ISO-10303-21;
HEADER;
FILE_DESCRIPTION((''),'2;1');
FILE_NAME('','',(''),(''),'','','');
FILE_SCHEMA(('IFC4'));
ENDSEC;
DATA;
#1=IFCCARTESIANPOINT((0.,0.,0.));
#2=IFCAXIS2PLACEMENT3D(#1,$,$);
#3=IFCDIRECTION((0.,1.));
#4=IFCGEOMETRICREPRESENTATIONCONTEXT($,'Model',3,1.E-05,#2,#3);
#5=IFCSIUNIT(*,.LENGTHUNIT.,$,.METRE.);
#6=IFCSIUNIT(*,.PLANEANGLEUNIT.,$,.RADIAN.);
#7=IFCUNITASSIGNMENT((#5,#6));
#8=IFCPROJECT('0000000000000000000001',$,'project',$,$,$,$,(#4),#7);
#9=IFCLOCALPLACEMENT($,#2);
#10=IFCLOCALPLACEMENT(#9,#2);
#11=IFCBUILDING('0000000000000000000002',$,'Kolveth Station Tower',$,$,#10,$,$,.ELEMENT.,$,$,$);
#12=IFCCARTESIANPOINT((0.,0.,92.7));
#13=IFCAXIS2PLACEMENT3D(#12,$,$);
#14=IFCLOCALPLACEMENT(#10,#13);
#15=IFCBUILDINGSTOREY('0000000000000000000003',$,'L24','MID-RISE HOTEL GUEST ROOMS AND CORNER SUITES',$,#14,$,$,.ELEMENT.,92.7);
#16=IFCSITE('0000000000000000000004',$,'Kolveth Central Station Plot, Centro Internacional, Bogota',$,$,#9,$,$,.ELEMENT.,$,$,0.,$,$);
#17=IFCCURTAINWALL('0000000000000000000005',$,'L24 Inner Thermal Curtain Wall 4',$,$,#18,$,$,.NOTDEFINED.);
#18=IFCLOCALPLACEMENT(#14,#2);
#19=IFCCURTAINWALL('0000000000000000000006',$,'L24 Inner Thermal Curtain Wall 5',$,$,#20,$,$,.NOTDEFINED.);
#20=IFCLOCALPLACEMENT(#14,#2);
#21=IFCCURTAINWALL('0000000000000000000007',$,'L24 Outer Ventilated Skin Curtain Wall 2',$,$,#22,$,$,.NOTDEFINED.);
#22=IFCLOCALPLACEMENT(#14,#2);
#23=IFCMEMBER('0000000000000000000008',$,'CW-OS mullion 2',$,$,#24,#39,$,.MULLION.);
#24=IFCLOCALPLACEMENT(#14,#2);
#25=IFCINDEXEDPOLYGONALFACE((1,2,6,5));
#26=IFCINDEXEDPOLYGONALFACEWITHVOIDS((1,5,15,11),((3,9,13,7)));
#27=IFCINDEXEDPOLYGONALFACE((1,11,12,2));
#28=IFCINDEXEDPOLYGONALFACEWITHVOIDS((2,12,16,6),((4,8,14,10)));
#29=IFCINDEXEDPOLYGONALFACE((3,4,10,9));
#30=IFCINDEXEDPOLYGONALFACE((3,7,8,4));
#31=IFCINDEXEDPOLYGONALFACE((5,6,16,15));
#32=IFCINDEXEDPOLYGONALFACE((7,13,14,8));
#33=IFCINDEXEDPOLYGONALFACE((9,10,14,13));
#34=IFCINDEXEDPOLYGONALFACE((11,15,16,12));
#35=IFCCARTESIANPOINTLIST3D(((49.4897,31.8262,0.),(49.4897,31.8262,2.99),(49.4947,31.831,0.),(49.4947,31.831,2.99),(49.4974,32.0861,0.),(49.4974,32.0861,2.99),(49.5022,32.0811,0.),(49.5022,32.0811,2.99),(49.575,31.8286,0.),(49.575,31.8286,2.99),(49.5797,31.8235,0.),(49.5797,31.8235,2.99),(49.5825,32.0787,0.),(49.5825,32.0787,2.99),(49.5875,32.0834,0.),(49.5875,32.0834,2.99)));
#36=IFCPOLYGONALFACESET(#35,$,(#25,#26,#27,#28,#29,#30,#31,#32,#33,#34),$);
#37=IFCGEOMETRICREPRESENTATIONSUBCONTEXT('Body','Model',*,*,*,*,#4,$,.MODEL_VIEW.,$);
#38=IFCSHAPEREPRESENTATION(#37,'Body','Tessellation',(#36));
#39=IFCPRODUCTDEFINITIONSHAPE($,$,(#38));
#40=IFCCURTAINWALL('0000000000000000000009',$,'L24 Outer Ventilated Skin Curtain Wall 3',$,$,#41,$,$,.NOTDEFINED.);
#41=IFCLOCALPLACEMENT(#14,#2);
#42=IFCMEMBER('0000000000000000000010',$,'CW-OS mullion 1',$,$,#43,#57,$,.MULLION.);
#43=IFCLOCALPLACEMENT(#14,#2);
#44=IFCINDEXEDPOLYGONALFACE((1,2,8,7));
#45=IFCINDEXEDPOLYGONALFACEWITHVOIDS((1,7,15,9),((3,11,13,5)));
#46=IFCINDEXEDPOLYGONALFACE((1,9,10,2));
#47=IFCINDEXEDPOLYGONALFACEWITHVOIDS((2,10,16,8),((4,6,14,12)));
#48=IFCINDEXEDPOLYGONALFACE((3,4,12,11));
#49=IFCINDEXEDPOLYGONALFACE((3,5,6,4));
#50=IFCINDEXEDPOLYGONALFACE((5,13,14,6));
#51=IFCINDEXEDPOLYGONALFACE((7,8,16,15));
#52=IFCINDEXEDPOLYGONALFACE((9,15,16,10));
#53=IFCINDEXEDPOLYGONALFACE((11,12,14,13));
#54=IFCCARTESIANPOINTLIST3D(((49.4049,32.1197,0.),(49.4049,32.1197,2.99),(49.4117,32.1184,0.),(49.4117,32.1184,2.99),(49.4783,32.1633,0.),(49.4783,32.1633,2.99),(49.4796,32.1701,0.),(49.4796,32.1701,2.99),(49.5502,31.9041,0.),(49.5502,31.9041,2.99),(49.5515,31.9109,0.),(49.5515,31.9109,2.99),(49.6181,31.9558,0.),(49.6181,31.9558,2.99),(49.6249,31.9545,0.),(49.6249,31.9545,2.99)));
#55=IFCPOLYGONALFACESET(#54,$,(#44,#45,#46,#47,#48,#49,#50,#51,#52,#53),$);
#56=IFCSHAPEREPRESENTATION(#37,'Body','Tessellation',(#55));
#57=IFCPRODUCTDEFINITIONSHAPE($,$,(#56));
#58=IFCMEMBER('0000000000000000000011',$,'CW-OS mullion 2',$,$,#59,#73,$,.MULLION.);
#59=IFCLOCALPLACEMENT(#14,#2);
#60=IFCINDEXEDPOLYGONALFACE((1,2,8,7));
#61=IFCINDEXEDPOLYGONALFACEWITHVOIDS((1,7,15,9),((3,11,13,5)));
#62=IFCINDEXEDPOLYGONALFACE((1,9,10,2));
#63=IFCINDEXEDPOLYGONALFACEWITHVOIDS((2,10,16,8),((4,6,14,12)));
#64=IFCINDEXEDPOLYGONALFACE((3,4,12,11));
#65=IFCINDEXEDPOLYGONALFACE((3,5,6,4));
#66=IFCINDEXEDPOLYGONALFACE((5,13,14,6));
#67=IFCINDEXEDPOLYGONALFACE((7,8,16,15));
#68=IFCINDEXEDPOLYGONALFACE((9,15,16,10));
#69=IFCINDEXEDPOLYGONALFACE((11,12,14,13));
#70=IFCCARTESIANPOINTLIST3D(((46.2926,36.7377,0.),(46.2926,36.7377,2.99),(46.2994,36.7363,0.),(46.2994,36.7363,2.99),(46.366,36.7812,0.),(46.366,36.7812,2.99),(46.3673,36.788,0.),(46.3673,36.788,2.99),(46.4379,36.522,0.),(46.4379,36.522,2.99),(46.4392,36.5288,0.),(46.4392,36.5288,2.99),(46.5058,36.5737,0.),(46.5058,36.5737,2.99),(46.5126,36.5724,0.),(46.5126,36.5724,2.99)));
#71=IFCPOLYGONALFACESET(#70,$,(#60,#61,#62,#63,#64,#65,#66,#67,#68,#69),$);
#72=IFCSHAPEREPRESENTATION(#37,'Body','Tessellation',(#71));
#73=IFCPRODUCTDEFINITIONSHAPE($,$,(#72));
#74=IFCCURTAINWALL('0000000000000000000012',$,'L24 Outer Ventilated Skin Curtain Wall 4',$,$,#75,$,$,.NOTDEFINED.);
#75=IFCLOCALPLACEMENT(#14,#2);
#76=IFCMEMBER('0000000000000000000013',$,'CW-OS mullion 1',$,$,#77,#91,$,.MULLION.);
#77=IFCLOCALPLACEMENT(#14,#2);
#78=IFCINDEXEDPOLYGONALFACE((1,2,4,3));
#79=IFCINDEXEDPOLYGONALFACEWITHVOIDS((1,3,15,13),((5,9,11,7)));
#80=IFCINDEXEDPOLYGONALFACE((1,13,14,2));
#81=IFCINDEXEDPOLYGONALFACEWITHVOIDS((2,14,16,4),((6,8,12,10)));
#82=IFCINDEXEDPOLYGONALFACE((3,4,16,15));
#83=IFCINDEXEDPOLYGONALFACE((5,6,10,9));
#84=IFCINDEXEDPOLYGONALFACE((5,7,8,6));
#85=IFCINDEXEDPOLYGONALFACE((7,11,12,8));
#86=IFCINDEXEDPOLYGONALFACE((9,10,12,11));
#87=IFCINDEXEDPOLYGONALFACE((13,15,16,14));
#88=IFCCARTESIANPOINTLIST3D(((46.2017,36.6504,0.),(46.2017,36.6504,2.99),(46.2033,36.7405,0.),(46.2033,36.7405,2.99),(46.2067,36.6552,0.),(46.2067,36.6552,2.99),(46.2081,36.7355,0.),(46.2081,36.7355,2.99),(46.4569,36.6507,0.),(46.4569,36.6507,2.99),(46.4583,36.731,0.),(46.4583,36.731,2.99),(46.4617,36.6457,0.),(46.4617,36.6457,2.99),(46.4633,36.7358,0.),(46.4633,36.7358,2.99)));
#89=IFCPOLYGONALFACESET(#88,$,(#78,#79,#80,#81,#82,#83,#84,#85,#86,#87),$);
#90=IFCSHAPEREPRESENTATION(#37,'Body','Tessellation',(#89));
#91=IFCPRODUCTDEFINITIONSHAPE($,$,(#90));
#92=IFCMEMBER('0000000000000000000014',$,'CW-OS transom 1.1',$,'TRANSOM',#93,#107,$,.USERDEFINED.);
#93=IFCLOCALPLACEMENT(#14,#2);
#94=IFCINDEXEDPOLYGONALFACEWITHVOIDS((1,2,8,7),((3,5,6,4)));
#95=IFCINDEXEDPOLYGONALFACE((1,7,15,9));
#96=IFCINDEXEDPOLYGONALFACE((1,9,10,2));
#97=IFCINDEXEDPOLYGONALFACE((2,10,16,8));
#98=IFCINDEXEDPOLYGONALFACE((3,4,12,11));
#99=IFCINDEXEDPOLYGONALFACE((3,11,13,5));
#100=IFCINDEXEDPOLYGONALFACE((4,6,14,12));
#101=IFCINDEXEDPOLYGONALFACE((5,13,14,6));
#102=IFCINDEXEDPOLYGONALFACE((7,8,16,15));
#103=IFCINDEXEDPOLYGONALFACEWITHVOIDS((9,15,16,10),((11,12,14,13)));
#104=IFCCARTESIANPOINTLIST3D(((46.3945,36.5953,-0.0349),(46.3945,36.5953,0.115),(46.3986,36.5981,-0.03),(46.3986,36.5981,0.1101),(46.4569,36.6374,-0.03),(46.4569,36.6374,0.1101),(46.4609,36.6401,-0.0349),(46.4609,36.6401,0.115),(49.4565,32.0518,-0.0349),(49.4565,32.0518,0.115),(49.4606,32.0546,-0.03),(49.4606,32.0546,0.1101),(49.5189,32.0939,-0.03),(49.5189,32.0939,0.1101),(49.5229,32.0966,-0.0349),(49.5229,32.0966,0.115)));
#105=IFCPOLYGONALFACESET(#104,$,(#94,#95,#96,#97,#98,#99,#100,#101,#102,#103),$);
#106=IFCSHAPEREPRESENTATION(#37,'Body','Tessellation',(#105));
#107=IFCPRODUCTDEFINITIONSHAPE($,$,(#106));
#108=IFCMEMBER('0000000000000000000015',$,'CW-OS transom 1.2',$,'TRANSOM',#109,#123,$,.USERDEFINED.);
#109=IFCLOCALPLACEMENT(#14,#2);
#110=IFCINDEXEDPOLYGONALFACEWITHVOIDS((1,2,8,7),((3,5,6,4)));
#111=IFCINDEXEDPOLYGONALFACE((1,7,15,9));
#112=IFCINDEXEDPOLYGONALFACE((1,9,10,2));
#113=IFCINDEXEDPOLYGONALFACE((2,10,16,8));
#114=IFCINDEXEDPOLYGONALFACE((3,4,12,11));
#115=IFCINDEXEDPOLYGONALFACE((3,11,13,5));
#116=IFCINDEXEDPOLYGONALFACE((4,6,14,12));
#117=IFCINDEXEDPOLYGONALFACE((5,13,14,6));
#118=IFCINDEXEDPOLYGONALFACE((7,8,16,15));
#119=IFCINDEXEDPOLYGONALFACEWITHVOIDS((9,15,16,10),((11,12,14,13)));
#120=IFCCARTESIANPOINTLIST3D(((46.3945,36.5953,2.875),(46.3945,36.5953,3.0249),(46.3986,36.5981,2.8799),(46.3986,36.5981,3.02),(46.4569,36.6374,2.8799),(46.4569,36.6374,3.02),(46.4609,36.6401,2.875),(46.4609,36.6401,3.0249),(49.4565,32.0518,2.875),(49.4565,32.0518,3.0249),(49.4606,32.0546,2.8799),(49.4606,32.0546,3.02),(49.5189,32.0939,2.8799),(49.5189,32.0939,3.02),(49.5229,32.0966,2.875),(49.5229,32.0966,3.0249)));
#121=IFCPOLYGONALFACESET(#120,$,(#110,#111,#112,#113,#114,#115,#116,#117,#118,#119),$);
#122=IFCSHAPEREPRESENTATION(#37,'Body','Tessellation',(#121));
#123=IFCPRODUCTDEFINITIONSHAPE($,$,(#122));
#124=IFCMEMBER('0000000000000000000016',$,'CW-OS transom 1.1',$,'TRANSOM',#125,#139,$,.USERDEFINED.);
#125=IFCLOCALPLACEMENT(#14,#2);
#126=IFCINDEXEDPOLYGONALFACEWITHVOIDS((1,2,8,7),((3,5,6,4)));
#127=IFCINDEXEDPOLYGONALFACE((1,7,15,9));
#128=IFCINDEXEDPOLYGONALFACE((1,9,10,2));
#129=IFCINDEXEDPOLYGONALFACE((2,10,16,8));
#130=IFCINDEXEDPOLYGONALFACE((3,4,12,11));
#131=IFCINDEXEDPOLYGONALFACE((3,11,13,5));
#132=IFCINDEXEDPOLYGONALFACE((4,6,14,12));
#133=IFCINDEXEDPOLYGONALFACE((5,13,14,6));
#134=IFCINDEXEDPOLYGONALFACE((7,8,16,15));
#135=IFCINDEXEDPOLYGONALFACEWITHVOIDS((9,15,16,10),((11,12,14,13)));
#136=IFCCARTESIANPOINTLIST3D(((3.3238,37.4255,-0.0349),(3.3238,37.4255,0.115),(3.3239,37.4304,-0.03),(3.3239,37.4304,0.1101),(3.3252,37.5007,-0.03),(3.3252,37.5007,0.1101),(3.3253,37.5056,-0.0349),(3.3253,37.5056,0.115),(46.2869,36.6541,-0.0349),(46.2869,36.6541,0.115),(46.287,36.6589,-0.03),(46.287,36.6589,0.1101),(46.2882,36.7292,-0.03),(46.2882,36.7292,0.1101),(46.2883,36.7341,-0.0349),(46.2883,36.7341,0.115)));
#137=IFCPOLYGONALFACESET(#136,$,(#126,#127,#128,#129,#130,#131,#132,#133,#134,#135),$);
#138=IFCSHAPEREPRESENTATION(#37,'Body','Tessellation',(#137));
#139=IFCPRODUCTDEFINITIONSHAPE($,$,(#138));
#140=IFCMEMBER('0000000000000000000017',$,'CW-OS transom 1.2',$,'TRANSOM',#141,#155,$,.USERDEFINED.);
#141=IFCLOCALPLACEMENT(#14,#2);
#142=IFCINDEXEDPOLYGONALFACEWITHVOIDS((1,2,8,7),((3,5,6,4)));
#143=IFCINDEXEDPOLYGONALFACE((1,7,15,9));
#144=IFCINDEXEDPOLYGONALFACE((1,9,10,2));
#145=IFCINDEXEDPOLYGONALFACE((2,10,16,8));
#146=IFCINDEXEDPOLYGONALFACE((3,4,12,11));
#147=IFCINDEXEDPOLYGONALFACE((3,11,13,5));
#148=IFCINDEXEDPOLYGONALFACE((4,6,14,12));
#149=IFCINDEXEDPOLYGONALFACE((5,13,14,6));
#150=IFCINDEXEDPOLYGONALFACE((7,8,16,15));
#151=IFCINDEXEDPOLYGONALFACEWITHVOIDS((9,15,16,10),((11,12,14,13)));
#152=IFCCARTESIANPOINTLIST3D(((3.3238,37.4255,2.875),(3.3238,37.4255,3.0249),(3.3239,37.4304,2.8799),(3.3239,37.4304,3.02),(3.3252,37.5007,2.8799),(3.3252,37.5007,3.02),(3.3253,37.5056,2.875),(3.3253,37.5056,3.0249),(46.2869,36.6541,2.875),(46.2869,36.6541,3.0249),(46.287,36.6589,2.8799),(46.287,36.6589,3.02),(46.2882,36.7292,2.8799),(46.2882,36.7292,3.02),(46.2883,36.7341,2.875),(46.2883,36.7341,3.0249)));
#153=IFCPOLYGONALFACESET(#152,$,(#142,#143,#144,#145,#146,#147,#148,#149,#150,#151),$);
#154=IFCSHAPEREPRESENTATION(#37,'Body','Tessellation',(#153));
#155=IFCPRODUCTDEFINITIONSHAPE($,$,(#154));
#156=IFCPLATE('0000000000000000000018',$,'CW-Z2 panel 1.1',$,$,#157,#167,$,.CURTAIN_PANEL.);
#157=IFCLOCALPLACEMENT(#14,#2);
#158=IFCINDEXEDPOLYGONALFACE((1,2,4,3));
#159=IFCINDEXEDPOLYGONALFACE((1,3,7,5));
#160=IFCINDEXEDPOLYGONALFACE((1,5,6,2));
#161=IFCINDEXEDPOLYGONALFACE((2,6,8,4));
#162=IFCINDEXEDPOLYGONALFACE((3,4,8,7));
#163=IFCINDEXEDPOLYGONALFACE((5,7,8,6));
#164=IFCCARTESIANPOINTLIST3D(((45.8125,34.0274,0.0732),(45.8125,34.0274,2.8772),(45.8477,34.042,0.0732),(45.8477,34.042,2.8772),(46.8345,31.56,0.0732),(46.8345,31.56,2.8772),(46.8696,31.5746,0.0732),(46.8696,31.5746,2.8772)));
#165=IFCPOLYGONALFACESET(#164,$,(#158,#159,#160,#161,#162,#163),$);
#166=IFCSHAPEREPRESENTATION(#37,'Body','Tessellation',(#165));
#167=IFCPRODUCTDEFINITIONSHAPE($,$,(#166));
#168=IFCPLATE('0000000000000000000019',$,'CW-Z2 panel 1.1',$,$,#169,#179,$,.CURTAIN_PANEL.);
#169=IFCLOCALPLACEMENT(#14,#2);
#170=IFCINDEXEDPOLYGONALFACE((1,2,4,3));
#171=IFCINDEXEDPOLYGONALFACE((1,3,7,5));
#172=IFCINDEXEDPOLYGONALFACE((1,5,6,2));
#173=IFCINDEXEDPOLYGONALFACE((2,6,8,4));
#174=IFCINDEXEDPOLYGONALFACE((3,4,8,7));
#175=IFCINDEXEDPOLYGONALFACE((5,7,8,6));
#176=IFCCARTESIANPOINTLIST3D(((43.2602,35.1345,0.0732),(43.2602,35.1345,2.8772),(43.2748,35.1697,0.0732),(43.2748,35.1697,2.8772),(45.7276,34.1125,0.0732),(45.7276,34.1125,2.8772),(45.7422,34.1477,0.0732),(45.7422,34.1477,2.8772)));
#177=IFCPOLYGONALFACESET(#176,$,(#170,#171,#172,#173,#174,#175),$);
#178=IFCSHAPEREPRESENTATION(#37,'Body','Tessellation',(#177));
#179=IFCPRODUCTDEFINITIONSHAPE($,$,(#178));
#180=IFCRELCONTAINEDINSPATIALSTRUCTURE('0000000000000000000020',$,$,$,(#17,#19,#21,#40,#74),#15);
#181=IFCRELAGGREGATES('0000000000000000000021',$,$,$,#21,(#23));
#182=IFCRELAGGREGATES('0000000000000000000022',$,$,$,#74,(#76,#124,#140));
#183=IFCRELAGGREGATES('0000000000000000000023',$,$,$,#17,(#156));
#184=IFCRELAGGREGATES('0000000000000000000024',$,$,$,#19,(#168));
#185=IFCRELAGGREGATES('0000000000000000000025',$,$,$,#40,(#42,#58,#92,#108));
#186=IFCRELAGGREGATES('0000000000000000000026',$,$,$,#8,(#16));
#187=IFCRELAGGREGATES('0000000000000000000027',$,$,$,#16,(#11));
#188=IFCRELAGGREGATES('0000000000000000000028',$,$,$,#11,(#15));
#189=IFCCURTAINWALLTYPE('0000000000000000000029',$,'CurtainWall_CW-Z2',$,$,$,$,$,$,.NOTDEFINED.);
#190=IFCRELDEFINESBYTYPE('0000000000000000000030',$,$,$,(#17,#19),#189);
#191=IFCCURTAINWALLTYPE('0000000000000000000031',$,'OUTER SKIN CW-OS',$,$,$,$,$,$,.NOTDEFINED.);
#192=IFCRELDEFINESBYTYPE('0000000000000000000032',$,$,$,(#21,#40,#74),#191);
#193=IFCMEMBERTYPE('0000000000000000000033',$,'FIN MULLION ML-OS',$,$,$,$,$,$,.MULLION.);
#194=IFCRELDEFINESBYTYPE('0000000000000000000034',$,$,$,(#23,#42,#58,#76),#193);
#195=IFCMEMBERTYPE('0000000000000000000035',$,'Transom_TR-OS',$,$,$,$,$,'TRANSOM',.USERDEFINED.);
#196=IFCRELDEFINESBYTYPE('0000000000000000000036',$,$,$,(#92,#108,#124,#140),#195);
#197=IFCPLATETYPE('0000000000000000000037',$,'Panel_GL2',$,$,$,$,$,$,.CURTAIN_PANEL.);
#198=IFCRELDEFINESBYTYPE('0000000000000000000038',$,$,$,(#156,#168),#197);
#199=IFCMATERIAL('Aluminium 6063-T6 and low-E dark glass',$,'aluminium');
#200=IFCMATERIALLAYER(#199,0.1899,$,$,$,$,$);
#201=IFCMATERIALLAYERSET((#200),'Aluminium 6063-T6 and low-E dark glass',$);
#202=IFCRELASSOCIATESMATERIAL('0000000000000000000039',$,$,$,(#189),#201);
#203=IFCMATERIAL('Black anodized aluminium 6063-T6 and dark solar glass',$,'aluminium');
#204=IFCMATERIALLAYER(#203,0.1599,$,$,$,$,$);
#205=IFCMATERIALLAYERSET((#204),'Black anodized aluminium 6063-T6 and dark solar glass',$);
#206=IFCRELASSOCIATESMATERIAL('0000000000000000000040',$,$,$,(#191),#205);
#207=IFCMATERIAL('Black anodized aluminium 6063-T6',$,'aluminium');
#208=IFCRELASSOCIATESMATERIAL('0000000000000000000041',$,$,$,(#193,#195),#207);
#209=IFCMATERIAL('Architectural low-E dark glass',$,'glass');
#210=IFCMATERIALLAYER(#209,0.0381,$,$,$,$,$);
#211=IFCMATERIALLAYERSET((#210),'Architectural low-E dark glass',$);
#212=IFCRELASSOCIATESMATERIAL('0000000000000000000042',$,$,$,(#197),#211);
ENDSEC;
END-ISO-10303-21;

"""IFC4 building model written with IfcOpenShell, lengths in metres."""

from ifc_helpers import new_model, si_unit, direction, frame, origin, origin_2d, place, context, subcontext, project, spatial, rectangle, hollow_rectangle, extrude, source, transform, mapped, material, layer, layer_set, material_profile, profile_set, type_object, element, aggregate, save


model = new_model("IFC4")

# Units and contexts
model_context = context("Model", 3, precision=1e-05, world=origin(), true_north=direction((0.0, 1.0)))
body_context = subcontext(model_context, "Body", "Model", "MODEL_VIEW")
ifc_project = project(units=[si_unit("LENGTHUNIT", "METRE"), si_unit("PLANEANGLEUNIT", "RADIAN")], contexts=[model_context])

# Site, building, storey
site_placement = place(None, origin())
site = spatial("IfcSite", under=ifc_project, at=site_placement, Name="Kolveth Central Station Plot, Centro Internacional, Bogota", CompositionType="ELEMENT", RefElevation=0.0)
building_placement = place(site_placement, origin())
building = spatial("IfcBuilding", under=site, at=building_placement, Name="Kolveth Station Tower", CompositionType="ELEMENT")
storey_placement = place(building_placement, frame((0.0, 0.0, 92.7)))
storey = spatial("IfcBuildingStorey", under=building, at=storey_placement, Name="L24", Description="MID-RISE HOTEL GUEST ROOMS AND CORNER SUITES", CompositionType="ELEMENT", Elevation=92.7)

# Curtain wall
ifc_material_1 = material(Name="Aluminium 6063-T6 and low-E dark glass", Category="aluminium")
ifc_layer_1 = layer(ifc_material_1, 0.1899)
ifc_layer_set_1 = layer_set([ifc_layer_1], Name="Aluminium 6063-T6 and low-E dark glass")
curtain_wall_type_1 = type_object("IfcCurtainWallType", Name="CurtainWall_CW-Z2", PredefinedType="NOTDEFINED", material=ifc_layer_set_1)
curtain_wall_1_placement = place(storey_placement, origin())
curtain_wall_1 = element("IfcCurtainWall", 1, at=curtain_wall_1_placement, inside=storey, type_object=curtain_wall_type_1, Name="L24 Inner Thermal Curtain Wall 4", PredefinedType="NOTDEFINED")
ifc_material_2 = material(Name="Black anodized aluminium 6063-T6", Category="aluminium")

# Curtain wall
curtain_wall_2_placement = place(storey_placement, origin())
curtain_wall_2 = element("IfcCurtainWall", 2, at=curtain_wall_2_placement, inside=storey, type_object=curtain_wall_type_1, Name="L24 Inner Thermal Curtain Wall 5", PredefinedType="NOTDEFINED")

# Curtain wall, member
ifc_material_3 = material(Name="Black anodized aluminium 6063-T6 and dark solar glass", Category="aluminium")
ifc_layer_2 = layer(ifc_material_3, 0.1599)
ifc_layer_set_2 = layer_set([ifc_layer_2], Name="Black anodized aluminium 6063-T6 and dark solar glass")
curtain_wall_type_2 = type_object("IfcCurtainWallType", Name="OUTER SKIN CW-OS", PredefinedType="NOTDEFINED", material=ifc_layer_set_2)
curtain_wall_3_placement = place(storey_placement, origin())
curtain_wall_3 = element("IfcCurtainWall", 3, at=curtain_wall_3_placement, inside=storey, type_object=curtain_wall_type_2, Name="L24 Outer Ventilated Skin Curtain Wall 2", PredefinedType="NOTDEFINED")
ifc_material_profile_1 = material_profile(ifc_material_2, hollow_rectangle(XDim=0.0901, YDim=0.26, WallThickness=0.0049, at=origin_2d()), Name="ALU-90x260x5")
ifc_profile_set_1 = profile_set([ifc_material_profile_1], Name="Black anodized aluminium 6063-T6")
member_type_1 = type_object("IfcMemberType", Name="FIN MULLION ML-OS", PredefinedType="MULLION", material=ifc_profile_set_1)
shared_shape_1 = source(origin(), body_context, "Body", "SweptSolid", [
    extrude(hollow_rectangle(XDim=0.0901, YDim=0.26, WallThickness=0.0049, at=origin_2d()), origin(), (0.0, 0.0, 1.0), 2.99),
])
member_1_placement = place(storey_placement, frame((49.5386, 31.9548, 0.0), z_axis=(0.0, 0.0, 1.0), x_axis=(-0.999552, 0.029937, 0.0)))
member_1 = element("IfcMember", 4, at=member_1_placement, type_object=member_type_1, Name="CW-OS mullion 2", PredefinedType="MULLION", context=body_context, shape_type="MappedRepresentation", body=[
    mapped(shared_shape_1, transform((0.0, 0.0, 0.0), x_axis=(1.0, 0.0, 0.0), y_axis=(0.0, 1.0, 0.0), z_axis=(0.0, 0.0, 1.0), scale=1.0)),
])
aggregate(curtain_wall_3, [member_1])

# Curtain wall, members
curtain_wall_4_placement = place(storey_placement, origin())
curtain_wall_4 = element("IfcCurtainWall", 5, at=curtain_wall_4_placement, inside=storey, type_object=curtain_wall_type_2, Name="L24 Outer Ventilated Skin Curtain Wall 3", PredefinedType="NOTDEFINED")
member_2_placement = place(storey_placement, frame((49.5149, 32.0371, 0.0), z_axis=(0.0, 0.0, 1.0), x_axis=(-0.829264, -0.558857, 0.0)))
member_2 = element("IfcMember", 6, at=member_2_placement, type_object=member_type_1, Name="CW-OS mullion 1", PredefinedType="MULLION", context=body_context, shape_type="MappedRepresentation", body=[
    mapped(shared_shape_1, transform((0.0, 0.0, 0.0), x_axis=(1.0, 0.0, 0.0), y_axis=(0.0, 1.0, 0.0), z_axis=(0.0, 0.0, 1.0), scale=1.0)),
])
member_3_placement = place(storey_placement, frame((46.4026, 36.655, 0.0), z_axis=(0.0, 0.0, 1.0), x_axis=(-0.829264, -0.558857, 0.0)))
member_3 = element("IfcMember", 7, at=member_3_placement, type_object=member_type_1, Name="CW-OS mullion 2", PredefinedType="MULLION", context=body_context, shape_type="MappedRepresentation", body=[
    mapped(shared_shape_1, transform((0.0, 0.0, 0.0), x_axis=(1.0, 0.0, 0.0), y_axis=(0.0, 1.0, 0.0), z_axis=(0.0, 0.0, 1.0), scale=1.0)),
])

# Curtain wall, member
curtain_wall_5_placement = place(storey_placement, origin())
curtain_wall_5 = element("IfcCurtainWall", 8, at=curtain_wall_5_placement, inside=storey, type_object=curtain_wall_type_2, Name="L24 Outer Ventilated Skin Curtain Wall 4", PredefinedType="NOTDEFINED")
member_4_placement = place(storey_placement, frame((46.3325, 36.6931, 0.0), z_axis=(0.0, 0.0, 1.0), x_axis=(-0.017958, -0.999839, 0.0)))
member_4 = element("IfcMember", 9, at=member_4_placement, type_object=member_type_1, Name="CW-OS mullion 1", PredefinedType="MULLION", context=body_context, shape_type="MappedRepresentation", body=[
    mapped(shared_shape_1, transform((0.0, 0.0, 0.0), x_axis=(1.0, 0.0, 0.0), y_axis=(0.0, 1.0, 0.0), z_axis=(0.0, 0.0, 1.0), scale=1.0)),
])

# Members
ifc_material_profile_2 = material_profile(ifc_material_2, hollow_rectangle(XDim=0.0801, YDim=0.1499, WallThickness=0.0049, at=origin_2d()), Name="ALU-80x150x5")
ifc_profile_set_2 = profile_set([ifc_material_profile_2], Name="Black anodized aluminium 6063-T6")
member_type_2 = type_object("IfcMemberType", Name="Transom_TR-OS", ElementType="TRANSOM", PredefinedType="USERDEFINED", material=ifc_profile_set_2)
shared_shape_2 = source(origin(), body_context, "Body", "SweptSolid", [
    extrude(hollow_rectangle(XDim=0.0801, YDim=0.1499, WallThickness=0.0049, at=origin_2d()), origin(), (0.0, 0.0, 1.0), 5.479),
])
member_5_placement = place(storey_placement, frame((49.4897, 32.0742, 0.04), z_axis=(-0.558868, 0.829257, 0.0), x_axis=(-0.829257, -0.558868, 0.0)))
member_5 = element("IfcMember", 10, at=member_5_placement, type_object=member_type_2, Name="CW-OS transom 1.1", ObjectType="TRANSOM", PredefinedType="USERDEFINED", context=body_context, shape_type="MappedRepresentation", body=[
    mapped(shared_shape_2, transform((0.0, 0.0, 0.0), x_axis=(1.0, 0.0, 0.0), y_axis=(0.0, 1.0, 0.0), z_axis=(0.0, 0.0, 1.0), scale=1.0)),
])
member_6_placement = place(storey_placement, frame((49.4897, 32.0742, 2.95), z_axis=(-0.558868, 0.829257, 0.0), x_axis=(-0.829257, -0.558868, 0.0)))
member_6 = element("IfcMember", 11, at=member_6_placement, type_object=member_type_2, Name="CW-OS transom 1.2", ObjectType="TRANSOM", PredefinedType="USERDEFINED", context=body_context, shape_type="MappedRepresentation", body=[
    mapped(shared_shape_2, transform((0.0, 0.0, 0.0), x_axis=(1.0, 0.0, 0.0), y_axis=(0.0, 1.0, 0.0), z_axis=(0.0, 0.0, 1.0), scale=1.0)),
])
shared_shape_3 = source(origin(), body_context, "Body", "SweptSolid", [
    extrude(hollow_rectangle(XDim=0.0801, YDim=0.1499, WallThickness=0.0049, at=origin_2d()), origin(), (0.0, 0.0, 1.0), 42.97),
])
member_7_placement = place(storey_placement, frame((46.2876, 36.6941, 0.04), z_axis=(-0.999839, 0.017954, 0.0), x_axis=(-0.017954, -0.999839, 0.0)))
member_7 = element("IfcMember", 12, at=member_7_placement, type_object=member_type_2, Name="CW-OS transom 1.1", ObjectType="TRANSOM", PredefinedType="USERDEFINED", context=body_context, shape_type="MappedRepresentation", body=[
    mapped(shared_shape_3, transform((0.0, 0.0, 0.0), x_axis=(1.0, 0.0, 0.0), y_axis=(0.0, 1.0, 0.0), z_axis=(0.0, 0.0, 1.0), scale=1.0)),
])
member_8_placement = place(storey_placement, frame((46.2876, 36.6941, 2.95), z_axis=(-0.999839, 0.017954, 0.0), x_axis=(-0.017954, -0.999839, 0.0)))
member_8 = element("IfcMember", 13, at=member_8_placement, type_object=member_type_2, Name="CW-OS transom 1.2", ObjectType="TRANSOM", PredefinedType="USERDEFINED", context=body_context, shape_type="MappedRepresentation", body=[
    mapped(shared_shape_3, transform((0.0, 0.0, 0.0), x_axis=(1.0, 0.0, 0.0), y_axis=(0.0, 1.0, 0.0), z_axis=(0.0, 0.0, 1.0), scale=1.0)),
])
aggregate(curtain_wall_5, [member_4, member_7, member_8])

# Plates
ifc_material_4 = material(Name="Architectural low-E dark glass", Category="glass")
ifc_layer_3 = layer(ifc_material_4, 0.0381)
ifc_layer_set_3 = layer_set([ifc_layer_3], Name="Architectural low-E dark glass")
plate_type_1 = type_object("IfcPlateType", Name="Panel_GL2", PredefinedType="CURTAIN_PANEL", material=ifc_layer_set_3)
shared_shape_4 = source(origin(), body_context, "Body", "SweptSolid", [
    extrude(rectangle(XDim=2.6707, YDim=0.0381, at=origin_2d()), origin(), (0.0, 0.0, 1.0), 2.804),
])
plate_1_placement = place(storey_placement, frame((46.3411, 32.801, 0.0732), z_axis=(0.0, 0.0, 1.0), x_axis=(-0.382663, 0.923888, 0.0)))
plate_1 = element("IfcPlate", 14, at=plate_1_placement, type_object=plate_type_1, Name="CW-Z2 panel 1.1", PredefinedType="CURTAIN_PANEL", context=body_context, shape_type="MappedRepresentation", body=[
    mapped(shared_shape_4, transform((0.0, 0.0, 0.0), x_axis=(1.0, 0.0, 0.0), y_axis=(0.0, 1.0, 0.0), z_axis=(0.0, 0.0, 1.0), scale=1.0)),
])
aggregate(curtain_wall_1, [plate_1])
plate_2_placement = place(storey_placement, frame((44.5012, 34.6411, 0.0732), z_axis=(0.0, 0.0, 1.0), x_axis=(-0.923888, 0.382663, 0.0)))
plate_2 = element("IfcPlate", 15, at=plate_2_placement, type_object=plate_type_1, Name="CW-Z2 panel 1.1", PredefinedType="CURTAIN_PANEL", context=body_context, shape_type="MappedRepresentation", body=[
    mapped(shared_shape_4, transform((0.0, 0.0, 0.0), x_axis=(1.0, 0.0, 0.0), y_axis=(0.0, 1.0, 0.0), z_axis=(0.0, 0.0, 1.0), scale=1.0)),
])
aggregate(curtain_wall_2, [plate_2])
aggregate(curtain_wall_4, [member_2, member_3, member_5, member_6])

save(model, "model.ifc")
